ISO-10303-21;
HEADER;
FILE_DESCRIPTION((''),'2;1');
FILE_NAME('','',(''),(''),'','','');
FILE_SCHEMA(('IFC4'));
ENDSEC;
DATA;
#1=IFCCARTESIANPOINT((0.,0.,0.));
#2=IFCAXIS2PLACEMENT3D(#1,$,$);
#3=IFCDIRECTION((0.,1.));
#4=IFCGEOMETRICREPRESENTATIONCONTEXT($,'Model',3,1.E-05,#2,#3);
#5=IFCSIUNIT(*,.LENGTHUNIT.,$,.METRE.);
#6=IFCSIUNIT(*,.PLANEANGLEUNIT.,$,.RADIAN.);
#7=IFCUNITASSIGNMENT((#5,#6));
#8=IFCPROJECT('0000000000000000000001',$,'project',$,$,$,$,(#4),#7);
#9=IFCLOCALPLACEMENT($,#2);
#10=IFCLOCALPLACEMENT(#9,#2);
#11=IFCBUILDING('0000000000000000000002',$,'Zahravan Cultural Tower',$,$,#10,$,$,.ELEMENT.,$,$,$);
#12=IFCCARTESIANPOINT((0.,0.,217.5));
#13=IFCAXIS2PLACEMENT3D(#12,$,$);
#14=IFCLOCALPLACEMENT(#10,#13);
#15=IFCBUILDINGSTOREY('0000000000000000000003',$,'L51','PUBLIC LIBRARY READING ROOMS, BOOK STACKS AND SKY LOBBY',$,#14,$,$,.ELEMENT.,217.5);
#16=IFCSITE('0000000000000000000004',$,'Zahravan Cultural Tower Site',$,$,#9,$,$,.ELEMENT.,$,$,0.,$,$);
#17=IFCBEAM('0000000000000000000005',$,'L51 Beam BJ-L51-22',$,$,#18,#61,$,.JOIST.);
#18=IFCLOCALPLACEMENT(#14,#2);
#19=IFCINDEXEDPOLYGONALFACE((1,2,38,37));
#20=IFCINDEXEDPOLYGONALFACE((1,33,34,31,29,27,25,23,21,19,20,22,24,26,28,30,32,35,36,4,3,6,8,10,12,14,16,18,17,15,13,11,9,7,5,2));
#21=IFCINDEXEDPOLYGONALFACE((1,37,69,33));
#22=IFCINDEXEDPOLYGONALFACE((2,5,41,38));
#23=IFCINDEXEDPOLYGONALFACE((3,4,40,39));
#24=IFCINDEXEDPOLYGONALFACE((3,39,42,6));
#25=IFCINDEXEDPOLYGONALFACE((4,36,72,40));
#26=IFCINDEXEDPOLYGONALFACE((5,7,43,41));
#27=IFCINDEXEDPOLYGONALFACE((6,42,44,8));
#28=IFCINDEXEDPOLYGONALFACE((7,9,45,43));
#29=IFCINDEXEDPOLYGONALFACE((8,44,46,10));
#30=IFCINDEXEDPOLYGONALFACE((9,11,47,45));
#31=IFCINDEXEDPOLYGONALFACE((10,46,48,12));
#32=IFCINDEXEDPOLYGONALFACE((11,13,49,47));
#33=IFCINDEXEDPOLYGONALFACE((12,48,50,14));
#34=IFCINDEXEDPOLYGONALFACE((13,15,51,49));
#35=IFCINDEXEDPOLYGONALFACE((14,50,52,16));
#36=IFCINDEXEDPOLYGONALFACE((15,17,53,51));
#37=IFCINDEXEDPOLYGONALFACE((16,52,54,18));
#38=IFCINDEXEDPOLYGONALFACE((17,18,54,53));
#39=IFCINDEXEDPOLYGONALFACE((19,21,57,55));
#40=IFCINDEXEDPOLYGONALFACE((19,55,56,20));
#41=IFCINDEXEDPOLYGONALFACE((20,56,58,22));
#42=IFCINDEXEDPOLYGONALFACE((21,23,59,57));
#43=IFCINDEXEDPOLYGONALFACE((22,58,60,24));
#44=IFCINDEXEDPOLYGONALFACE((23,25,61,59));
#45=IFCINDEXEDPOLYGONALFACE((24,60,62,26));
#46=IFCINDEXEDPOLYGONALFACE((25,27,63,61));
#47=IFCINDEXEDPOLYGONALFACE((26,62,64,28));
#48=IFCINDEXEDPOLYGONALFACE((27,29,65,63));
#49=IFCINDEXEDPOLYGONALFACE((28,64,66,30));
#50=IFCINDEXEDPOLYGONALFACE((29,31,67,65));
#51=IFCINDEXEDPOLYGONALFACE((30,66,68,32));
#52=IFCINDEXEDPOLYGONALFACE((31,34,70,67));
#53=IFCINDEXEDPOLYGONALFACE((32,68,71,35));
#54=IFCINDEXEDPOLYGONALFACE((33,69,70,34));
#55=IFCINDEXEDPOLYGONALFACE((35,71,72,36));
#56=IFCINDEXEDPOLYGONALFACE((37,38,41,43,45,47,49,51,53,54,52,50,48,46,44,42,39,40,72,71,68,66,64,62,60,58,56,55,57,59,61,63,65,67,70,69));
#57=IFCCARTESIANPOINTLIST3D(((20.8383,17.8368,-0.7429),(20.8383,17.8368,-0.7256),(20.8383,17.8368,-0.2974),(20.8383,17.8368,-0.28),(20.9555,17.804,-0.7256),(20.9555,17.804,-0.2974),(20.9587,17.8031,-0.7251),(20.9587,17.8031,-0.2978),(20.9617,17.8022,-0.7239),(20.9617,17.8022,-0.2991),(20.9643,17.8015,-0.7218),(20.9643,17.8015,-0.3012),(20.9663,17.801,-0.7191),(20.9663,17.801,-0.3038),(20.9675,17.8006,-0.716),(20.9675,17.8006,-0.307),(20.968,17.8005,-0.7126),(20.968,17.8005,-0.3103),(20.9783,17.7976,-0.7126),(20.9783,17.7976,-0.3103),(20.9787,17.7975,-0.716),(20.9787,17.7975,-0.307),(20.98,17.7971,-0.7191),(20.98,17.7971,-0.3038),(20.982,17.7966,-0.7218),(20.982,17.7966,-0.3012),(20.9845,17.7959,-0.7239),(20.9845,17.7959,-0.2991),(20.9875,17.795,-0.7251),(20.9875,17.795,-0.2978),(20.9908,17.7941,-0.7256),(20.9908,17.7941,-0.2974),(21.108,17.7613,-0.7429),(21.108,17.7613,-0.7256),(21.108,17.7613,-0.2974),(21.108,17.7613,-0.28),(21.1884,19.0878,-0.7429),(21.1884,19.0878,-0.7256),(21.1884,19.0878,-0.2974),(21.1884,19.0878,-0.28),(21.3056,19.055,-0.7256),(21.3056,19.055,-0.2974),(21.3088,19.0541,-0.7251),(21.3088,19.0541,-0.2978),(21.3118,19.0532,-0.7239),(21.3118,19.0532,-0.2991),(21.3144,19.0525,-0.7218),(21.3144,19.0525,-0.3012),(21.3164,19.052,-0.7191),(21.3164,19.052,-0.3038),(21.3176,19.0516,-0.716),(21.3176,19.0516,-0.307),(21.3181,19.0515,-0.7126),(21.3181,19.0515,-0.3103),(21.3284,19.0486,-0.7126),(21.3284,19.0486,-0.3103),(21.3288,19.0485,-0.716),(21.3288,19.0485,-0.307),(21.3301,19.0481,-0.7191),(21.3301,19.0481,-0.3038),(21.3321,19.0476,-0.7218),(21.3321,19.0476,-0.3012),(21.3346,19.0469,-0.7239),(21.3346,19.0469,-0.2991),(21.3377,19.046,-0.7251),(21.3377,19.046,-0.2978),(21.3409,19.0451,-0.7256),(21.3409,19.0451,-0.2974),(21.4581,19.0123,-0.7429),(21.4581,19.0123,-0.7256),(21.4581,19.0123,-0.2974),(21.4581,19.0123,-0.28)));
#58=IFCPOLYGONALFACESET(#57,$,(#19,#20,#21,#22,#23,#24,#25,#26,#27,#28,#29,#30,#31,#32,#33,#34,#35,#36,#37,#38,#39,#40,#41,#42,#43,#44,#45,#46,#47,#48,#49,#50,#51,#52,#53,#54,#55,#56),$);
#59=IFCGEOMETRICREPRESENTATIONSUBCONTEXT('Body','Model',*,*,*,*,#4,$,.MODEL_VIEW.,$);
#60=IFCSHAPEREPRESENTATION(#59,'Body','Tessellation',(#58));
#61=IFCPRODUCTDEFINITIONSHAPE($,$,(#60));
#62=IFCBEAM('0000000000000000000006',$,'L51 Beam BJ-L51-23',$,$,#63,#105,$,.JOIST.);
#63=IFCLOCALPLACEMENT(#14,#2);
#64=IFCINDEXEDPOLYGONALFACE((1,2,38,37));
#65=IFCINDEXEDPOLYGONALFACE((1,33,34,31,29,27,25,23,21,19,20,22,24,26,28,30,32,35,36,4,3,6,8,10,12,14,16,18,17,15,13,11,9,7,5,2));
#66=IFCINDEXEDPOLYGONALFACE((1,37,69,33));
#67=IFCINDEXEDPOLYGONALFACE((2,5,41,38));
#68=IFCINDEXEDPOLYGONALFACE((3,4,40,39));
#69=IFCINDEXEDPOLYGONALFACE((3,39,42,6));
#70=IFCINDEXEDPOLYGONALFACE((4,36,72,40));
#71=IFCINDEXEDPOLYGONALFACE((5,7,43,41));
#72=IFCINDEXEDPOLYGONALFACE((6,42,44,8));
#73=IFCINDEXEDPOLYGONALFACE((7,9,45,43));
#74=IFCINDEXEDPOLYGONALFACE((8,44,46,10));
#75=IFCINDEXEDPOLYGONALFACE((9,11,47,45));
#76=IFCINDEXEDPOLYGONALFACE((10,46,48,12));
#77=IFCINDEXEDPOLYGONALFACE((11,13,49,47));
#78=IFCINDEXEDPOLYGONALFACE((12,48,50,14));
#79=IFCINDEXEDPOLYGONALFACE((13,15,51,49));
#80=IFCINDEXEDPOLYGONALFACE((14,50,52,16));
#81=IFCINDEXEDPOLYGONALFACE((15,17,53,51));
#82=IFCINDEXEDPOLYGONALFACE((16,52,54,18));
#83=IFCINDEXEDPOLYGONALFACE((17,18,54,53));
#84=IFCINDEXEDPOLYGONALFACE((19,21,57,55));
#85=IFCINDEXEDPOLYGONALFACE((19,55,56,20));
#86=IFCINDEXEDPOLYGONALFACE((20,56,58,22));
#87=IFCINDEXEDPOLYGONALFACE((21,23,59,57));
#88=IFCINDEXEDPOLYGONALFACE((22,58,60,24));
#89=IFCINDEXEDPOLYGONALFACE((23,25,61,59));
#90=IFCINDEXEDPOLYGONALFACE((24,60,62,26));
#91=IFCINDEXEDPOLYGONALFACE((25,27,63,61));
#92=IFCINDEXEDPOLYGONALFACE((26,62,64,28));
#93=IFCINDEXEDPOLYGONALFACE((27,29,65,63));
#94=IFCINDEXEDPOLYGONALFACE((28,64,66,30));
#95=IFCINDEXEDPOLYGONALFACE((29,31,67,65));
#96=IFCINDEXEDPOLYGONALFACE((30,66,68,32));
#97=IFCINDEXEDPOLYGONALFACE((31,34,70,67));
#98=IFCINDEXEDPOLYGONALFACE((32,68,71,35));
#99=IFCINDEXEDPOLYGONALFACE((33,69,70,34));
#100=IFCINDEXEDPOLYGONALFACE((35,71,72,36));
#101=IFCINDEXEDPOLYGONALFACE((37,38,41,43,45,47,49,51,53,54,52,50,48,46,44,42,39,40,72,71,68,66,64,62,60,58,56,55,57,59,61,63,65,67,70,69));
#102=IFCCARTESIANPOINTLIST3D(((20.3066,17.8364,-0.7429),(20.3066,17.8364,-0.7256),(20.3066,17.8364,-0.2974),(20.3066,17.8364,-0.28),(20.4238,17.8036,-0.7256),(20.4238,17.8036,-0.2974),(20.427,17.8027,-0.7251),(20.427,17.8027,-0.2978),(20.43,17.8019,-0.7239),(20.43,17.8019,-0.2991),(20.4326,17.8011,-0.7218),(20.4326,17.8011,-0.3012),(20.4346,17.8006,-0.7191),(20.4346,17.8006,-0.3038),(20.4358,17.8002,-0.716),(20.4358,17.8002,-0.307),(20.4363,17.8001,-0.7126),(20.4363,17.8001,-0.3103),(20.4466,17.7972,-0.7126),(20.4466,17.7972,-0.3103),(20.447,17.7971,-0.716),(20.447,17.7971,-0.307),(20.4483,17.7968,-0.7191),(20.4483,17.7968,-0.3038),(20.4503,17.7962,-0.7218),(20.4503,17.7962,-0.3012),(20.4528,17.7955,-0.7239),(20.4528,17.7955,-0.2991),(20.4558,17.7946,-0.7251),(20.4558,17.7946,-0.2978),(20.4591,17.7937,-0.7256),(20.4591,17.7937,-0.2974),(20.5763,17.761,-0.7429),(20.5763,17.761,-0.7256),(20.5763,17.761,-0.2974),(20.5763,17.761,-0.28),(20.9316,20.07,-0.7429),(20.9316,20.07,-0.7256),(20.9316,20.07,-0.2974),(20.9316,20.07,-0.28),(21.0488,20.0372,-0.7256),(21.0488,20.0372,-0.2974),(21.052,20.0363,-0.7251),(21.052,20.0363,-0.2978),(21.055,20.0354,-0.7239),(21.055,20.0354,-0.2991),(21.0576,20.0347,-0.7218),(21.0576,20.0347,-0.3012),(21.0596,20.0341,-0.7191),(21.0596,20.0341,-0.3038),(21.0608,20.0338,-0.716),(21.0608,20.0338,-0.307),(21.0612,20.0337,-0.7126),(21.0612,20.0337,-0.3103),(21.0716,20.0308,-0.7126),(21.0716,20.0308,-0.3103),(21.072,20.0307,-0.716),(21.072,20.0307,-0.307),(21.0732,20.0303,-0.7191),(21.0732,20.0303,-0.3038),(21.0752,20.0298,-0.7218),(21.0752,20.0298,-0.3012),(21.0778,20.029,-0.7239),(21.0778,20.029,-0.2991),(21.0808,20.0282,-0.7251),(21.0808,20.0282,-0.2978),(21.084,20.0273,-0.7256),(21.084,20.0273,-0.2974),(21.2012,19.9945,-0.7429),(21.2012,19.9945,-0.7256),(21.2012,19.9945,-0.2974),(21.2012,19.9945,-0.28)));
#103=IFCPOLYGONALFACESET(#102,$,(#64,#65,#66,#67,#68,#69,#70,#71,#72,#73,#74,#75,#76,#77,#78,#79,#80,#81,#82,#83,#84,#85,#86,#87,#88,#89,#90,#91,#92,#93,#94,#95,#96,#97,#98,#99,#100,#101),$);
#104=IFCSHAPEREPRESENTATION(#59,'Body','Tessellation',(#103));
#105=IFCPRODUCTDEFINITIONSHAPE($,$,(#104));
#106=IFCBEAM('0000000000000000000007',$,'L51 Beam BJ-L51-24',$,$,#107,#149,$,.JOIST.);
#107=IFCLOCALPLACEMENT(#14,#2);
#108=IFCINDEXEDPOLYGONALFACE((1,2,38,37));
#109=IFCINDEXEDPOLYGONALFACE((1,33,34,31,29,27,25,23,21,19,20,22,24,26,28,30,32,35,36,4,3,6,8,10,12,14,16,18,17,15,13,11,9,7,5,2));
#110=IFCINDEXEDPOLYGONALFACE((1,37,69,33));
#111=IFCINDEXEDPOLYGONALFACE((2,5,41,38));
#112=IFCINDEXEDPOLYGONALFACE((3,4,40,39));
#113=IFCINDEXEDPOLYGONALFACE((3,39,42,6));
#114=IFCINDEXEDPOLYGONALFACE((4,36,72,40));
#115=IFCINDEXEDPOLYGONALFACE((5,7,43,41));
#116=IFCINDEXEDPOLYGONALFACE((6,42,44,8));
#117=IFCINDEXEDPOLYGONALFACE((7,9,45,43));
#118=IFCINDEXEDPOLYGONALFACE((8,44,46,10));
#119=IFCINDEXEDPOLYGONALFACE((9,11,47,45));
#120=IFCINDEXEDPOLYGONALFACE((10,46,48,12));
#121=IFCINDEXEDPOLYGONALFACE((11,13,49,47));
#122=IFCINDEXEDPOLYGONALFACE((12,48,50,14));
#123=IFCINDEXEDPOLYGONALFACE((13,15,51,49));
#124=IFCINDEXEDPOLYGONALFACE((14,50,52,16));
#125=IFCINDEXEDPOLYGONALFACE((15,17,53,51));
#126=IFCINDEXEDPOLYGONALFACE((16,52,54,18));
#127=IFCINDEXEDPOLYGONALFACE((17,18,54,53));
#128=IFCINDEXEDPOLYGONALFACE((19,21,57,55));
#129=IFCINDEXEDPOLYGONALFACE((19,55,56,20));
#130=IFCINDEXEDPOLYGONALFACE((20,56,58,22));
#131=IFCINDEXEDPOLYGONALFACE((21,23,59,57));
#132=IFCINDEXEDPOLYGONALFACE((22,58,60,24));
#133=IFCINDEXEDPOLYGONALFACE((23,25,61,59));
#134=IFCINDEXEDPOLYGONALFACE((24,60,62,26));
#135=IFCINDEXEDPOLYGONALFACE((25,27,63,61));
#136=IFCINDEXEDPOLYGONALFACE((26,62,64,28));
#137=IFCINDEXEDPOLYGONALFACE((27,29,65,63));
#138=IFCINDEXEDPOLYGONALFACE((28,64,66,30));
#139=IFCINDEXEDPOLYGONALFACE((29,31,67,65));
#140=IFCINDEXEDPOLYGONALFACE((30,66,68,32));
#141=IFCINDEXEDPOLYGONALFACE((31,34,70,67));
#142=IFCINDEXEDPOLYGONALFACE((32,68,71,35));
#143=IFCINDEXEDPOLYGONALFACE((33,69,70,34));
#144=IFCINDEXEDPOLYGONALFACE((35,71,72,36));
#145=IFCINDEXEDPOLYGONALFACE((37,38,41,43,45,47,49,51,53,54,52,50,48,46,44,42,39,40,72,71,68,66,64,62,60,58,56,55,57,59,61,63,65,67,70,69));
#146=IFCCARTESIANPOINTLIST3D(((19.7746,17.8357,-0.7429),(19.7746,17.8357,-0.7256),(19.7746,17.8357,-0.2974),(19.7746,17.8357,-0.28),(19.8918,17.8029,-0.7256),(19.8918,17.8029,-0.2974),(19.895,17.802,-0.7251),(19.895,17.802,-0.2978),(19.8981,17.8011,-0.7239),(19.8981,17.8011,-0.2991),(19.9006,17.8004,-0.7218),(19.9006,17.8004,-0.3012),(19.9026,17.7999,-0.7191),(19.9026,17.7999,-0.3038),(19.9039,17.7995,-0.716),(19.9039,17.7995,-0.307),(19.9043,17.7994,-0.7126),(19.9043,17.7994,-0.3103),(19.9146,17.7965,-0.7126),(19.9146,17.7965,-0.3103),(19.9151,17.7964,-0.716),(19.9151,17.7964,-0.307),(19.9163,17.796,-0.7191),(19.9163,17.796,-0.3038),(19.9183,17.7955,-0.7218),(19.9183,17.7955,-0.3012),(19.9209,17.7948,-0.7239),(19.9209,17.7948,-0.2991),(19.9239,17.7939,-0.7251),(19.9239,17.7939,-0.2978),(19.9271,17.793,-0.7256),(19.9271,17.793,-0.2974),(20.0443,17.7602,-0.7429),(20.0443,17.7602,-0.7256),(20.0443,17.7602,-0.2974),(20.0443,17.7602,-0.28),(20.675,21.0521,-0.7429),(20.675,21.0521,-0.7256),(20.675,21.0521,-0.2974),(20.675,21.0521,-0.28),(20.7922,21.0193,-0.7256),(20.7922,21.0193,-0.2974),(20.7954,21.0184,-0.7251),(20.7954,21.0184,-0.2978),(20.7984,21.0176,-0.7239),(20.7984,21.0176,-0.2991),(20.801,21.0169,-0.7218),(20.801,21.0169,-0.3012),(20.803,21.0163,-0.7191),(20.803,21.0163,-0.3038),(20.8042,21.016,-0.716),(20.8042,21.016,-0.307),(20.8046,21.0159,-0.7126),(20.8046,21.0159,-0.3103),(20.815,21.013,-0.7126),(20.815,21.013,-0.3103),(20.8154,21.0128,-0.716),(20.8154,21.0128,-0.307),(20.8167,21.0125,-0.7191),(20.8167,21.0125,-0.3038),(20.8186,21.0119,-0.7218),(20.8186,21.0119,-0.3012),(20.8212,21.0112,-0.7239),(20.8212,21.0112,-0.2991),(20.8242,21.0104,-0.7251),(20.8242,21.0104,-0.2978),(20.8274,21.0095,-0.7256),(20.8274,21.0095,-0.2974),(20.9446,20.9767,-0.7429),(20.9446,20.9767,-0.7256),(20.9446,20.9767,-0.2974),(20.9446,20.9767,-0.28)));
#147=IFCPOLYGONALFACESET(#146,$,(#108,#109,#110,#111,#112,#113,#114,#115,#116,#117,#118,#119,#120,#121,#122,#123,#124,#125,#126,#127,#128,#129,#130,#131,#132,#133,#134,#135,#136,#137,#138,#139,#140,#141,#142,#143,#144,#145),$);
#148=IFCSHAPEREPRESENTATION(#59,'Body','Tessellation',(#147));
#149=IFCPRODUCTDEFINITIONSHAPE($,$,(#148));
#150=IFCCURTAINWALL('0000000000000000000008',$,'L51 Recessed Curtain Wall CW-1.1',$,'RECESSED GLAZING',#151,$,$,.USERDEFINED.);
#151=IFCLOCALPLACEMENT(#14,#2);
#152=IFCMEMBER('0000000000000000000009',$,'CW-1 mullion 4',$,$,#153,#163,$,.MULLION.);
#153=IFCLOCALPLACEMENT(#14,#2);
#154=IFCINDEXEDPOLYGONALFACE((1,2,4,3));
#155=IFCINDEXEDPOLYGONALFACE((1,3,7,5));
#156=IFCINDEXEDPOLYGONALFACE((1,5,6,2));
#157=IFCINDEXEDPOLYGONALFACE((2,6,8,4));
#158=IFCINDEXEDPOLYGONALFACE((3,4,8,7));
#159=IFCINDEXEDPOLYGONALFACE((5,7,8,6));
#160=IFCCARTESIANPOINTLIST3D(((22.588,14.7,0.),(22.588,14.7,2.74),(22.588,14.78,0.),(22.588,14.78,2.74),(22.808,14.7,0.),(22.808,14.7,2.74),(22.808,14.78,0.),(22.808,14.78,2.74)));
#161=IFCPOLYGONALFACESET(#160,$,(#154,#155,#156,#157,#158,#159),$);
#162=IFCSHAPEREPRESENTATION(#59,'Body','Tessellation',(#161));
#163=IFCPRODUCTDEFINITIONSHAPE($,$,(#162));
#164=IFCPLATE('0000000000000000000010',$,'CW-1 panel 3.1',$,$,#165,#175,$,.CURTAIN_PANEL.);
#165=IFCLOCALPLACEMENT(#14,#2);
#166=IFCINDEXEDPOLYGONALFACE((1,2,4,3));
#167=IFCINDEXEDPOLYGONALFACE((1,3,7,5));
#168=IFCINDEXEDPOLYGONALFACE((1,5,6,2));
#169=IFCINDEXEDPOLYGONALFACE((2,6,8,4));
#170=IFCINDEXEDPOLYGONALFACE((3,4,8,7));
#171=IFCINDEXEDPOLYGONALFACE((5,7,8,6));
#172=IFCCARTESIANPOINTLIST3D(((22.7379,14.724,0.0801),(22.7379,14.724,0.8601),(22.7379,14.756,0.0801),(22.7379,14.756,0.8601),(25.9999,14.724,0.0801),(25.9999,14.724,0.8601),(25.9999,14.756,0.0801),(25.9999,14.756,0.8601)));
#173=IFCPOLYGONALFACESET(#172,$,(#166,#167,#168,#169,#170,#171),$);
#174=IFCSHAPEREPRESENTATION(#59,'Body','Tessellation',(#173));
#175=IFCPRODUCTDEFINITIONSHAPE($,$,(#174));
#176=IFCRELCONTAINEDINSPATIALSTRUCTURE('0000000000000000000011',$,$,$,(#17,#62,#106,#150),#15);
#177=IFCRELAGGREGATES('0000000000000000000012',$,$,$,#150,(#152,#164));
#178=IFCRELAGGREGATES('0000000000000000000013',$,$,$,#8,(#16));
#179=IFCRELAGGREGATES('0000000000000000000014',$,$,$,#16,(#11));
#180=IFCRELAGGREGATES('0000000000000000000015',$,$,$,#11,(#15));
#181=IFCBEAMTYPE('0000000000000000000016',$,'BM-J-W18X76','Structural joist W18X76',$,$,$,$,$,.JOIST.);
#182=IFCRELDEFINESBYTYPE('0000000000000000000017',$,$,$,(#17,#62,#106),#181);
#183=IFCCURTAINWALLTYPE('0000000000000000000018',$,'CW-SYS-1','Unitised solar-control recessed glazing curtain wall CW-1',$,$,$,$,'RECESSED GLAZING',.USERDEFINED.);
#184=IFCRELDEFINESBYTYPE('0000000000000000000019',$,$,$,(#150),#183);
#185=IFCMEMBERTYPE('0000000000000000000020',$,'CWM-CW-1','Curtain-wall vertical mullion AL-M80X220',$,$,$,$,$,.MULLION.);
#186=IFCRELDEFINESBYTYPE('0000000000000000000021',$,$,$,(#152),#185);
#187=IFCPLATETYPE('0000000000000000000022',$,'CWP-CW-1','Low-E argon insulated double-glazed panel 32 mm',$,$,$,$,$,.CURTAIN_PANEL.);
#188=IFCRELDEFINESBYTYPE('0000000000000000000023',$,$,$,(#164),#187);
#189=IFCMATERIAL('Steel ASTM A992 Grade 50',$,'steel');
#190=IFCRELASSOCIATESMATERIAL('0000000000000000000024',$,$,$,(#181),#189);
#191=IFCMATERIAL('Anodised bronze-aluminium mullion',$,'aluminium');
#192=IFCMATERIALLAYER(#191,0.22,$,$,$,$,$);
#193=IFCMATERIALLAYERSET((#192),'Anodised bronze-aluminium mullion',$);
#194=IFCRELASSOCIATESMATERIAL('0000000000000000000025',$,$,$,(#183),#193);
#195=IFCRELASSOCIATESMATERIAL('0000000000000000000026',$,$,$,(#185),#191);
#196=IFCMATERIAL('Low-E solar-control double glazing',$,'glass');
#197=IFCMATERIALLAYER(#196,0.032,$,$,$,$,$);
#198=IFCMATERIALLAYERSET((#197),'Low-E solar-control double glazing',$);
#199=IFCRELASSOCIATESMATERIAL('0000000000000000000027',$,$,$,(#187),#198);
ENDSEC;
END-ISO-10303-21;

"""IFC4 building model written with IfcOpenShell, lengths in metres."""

from ifc_helpers import new_model, si_unit, direction, frame, origin, origin_2d, place, context, subcontext, project, spatial, rectangle, i_section, extrude, source, transform, mapped, material, layer, layer_set, material_profile, profile_set, type_object, element, aggregate, save


model = new_model("IFC4")

# Units and contexts
model_context = context("Model", 3, precision=1e-05, world=origin(), true_north=direction((0.0, 1.0)))
body_context = subcontext(model_context, "Body", "Model", "MODEL_VIEW")
ifc_project = project(units=[si_unit("LENGTHUNIT", "METRE"), si_unit("PLANEANGLEUNIT", "RADIAN")], contexts=[model_context])

# Site, building, storey
site_placement = place(None, origin())
site = spatial("IfcSite", under=ifc_project, at=site_placement, Name="Zahravan Cultural Tower Site", CompositionType="ELEMENT", RefElevation=0.0)
building_placement = place(site_placement, origin())
building = spatial("IfcBuilding", under=site, at=building_placement, Name="Zahravan Cultural Tower", CompositionType="ELEMENT")
storey_placement = place(building_placement, frame((0.0, 0.0, 217.5)))
storey = spatial("IfcBuildingStorey", under=building, at=storey_placement, Name="L51", Description="PUBLIC LIBRARY READING ROOMS, BOOK STACKS AND SKY LOBBY", CompositionType="ELEMENT", Elevation=217.5)

# Beams
ifc_material_1 = material(Name="Steel ASTM A992 Grade 50", Category="steel")
ifc_material_profile_1 = material_profile(ifc_material_1, i_section(OverallWidth=0.28, OverallDepth=0.4629, WebThickness=0.0107, FlangeThickness=0.0173, FilletRadius=0.0129, at=origin_2d()), Name="W18X76")
ifc_profile_set_1 = profile_set([ifc_material_profile_1], Name="Steel ASTM A992 Grade 50")
beam_type_1 = type_object("IfcBeamType", Name="BM-J-W18X76", Description="Structural joist W18X76", PredefinedType="JOIST", material=ifc_profile_set_1)
shared_shape_1 = source(origin(), body_context, "Body", "SweptSolid", [
    extrude(i_section(OverallWidth=0.28, OverallDepth=0.4629, WebThickness=0.0107, FlangeThickness=0.0173, FilletRadius=0.0129, at=origin_2d()), origin(), (0.0, 0.0, 1.0), 1.2991),
])
beam_1_placement = place(storey_placement, frame((21.3232, 19.05, -0.5115), z_axis=(-0.269504, -0.962999, 0.0), x_axis=(0.962999, -0.269504, 0.0)))
element("IfcBeam", 1, at=beam_1_placement, inside=storey, type_object=beam_type_1, Name="L51 Beam BJ-L51-22", PredefinedType="JOIST", context=body_context, shape_type="MappedRepresentation", body=[
    mapped(shared_shape_1, transform((0.0, 0.0, 0.0), x_axis=(1.0, 0.0, 0.0), y_axis=(0.0, 1.0, 0.0), z_axis=(0.0, 0.0, 1.0), scale=1.0)),
])
shared_shape_2 = source(origin(), body_context, "Body", "SweptSolid", [
    extrude(i_section(OverallWidth=0.28, OverallDepth=0.4629, WebThickness=0.0107, FlangeThickness=0.0173, FilletRadius=0.0129, at=origin_2d()), origin(), (0.0, 0.0, 1.0), 2.3193),
])
beam_2_placement = place(storey_placement, frame((21.0664, 20.0322, -0.5115), z_axis=(-0.269462, -0.963011, 0.0), x_axis=(0.963011, -0.269462, 0.0)))
element("IfcBeam", 2, at=beam_2_placement, inside=storey, type_object=beam_type_1, Name="L51 Beam BJ-L51-23", PredefinedType="JOIST", context=body_context, shape_type="MappedRepresentation", body=[
    mapped(shared_shape_2, transform((0.0, 0.0, 0.0), x_axis=(1.0, 0.0, 0.0), y_axis=(0.0, 1.0, 0.0), z_axis=(0.0, 0.0, 1.0), scale=1.0)),
])
shared_shape_3 = source(origin(), body_context, "Body", "SweptSolid", [
    extrude(i_section(OverallWidth=0.28, OverallDepth=0.4629, WebThickness=0.0107, FlangeThickness=0.0173, FilletRadius=0.0129, at=origin_2d()), origin(), (0.0, 0.0, 1.0), 3.3401),
])
beam_3_placement = place(storey_placement, frame((20.8098, 21.0144, -0.5115), z_axis=(-0.269562, -0.962983, 0.0), x_axis=(0.962983, -0.269562, 0.0)))
element("IfcBeam", 3, at=beam_3_placement, inside=storey, type_object=beam_type_1, Name="L51 Beam BJ-L51-24", PredefinedType="JOIST", context=body_context, shape_type="MappedRepresentation", body=[
    mapped(shared_shape_3, transform((0.0, 0.0, 0.0), x_axis=(1.0, 0.0, 0.0), y_axis=(0.0, 1.0, 0.0), z_axis=(0.0, 0.0, 1.0), scale=1.0)),
])

# Curtain wall, member, plate
ifc_material_2 = material(Name="Anodised bronze-aluminium mullion", Category="aluminium")
ifc_layer_1 = layer(ifc_material_2, 0.22)
ifc_layer_set_1 = layer_set([ifc_layer_1], Name="Anodised bronze-aluminium mullion")
curtain_wall_type = type_object("IfcCurtainWallType", Name="CW-SYS-1", Description="Unitised solar-control recessed glazing curtain wall CW-1", ElementType="RECESSED GLAZING", PredefinedType="USERDEFINED", material=ifc_layer_set_1)
curtain_wall_placement = place(storey_placement, origin())
curtain_wall = element("IfcCurtainWall", 4, at=curtain_wall_placement, inside=storey, type_object=curtain_wall_type, Name="L51 Recessed Curtain Wall CW-1.1", ObjectType="RECESSED GLAZING", PredefinedType="USERDEFINED")
ifc_material_profile_2 = material_profile(ifc_material_2, rectangle(XDim=0.0801, YDim=0.22, at=origin_2d()), Name="AL-M80X220")
ifc_profile_set_2 = profile_set([ifc_material_profile_2], Name="Anodised bronze-aluminium mullion")
member_type = type_object("IfcMemberType", Name="CWM-CW-1", Description="Curtain-wall vertical mullion AL-M80X220", PredefinedType="MULLION", material=ifc_profile_set_2)
shared_shape_4 = source(origin(), body_context, "Body", "SweptSolid", [
    extrude(rectangle(XDim=0.0801, YDim=0.22, at=origin_2d()), origin(), (0.0, 0.0, 1.0), 2.74),
])
member_placement = place(storey_placement, frame((22.698, 14.74, 0.0), z_axis=(0.0, 0.0, 1.0), x_axis=(0.0, -1.0, 0.0)))
member = element("IfcMember", 5, at=member_placement, type_object=member_type, Name="CW-1 mullion 4", PredefinedType="MULLION", context=body_context, shape_type="MappedRepresentation", body=[
    mapped(shared_shape_4, transform((0.0, 0.0, 0.0), x_axis=(1.0, 0.0, 0.0), y_axis=(0.0, 1.0, 0.0), z_axis=(0.0, 0.0, 1.0), scale=1.0)),
])
ifc_material_3 = material(Name="Low-E solar-control double glazing", Category="glass")
ifc_layer_2 = layer(ifc_material_3, 0.032)
ifc_layer_set_2 = layer_set([ifc_layer_2], Name="Low-E solar-control double glazing")
plate_type = type_object("IfcPlateType", Name="CWP-CW-1", Description="Low-E argon insulated double-glazed panel 32 mm", PredefinedType="CURTAIN_PANEL", material=ifc_layer_set_2)
shared_shape_5 = source(origin(), body_context, "Body", "SweptSolid", [
    extrude(rectangle(XDim=3.262, YDim=0.032, at=origin_2d()), origin(), (0.0, 0.0, 1.0), 0.78),
])
plate_1_placement = place(storey_placement, frame((24.3689, 14.74, 0.0801), z_axis=(0.0, 0.0, 1.0), x_axis=(-1.0, 0.0, 0.0)))
plate_1 = element("IfcPlate", 6, at=plate_1_placement, type_object=plate_type, Name="CW-1 panel 3.1", PredefinedType="CURTAIN_PANEL", context=body_context, shape_type="MappedRepresentation", body=[
    mapped(shared_shape_5, transform((0.0, 0.0, 0.0), x_axis=(1.0, 0.0, 0.0), y_axis=(0.0, 1.0, 0.0), z_axis=(0.0, 0.0, 1.0), scale=1.0)),
])
aggregate(curtain_wall, [member, plate_1])

save(model, "model.ifc")
